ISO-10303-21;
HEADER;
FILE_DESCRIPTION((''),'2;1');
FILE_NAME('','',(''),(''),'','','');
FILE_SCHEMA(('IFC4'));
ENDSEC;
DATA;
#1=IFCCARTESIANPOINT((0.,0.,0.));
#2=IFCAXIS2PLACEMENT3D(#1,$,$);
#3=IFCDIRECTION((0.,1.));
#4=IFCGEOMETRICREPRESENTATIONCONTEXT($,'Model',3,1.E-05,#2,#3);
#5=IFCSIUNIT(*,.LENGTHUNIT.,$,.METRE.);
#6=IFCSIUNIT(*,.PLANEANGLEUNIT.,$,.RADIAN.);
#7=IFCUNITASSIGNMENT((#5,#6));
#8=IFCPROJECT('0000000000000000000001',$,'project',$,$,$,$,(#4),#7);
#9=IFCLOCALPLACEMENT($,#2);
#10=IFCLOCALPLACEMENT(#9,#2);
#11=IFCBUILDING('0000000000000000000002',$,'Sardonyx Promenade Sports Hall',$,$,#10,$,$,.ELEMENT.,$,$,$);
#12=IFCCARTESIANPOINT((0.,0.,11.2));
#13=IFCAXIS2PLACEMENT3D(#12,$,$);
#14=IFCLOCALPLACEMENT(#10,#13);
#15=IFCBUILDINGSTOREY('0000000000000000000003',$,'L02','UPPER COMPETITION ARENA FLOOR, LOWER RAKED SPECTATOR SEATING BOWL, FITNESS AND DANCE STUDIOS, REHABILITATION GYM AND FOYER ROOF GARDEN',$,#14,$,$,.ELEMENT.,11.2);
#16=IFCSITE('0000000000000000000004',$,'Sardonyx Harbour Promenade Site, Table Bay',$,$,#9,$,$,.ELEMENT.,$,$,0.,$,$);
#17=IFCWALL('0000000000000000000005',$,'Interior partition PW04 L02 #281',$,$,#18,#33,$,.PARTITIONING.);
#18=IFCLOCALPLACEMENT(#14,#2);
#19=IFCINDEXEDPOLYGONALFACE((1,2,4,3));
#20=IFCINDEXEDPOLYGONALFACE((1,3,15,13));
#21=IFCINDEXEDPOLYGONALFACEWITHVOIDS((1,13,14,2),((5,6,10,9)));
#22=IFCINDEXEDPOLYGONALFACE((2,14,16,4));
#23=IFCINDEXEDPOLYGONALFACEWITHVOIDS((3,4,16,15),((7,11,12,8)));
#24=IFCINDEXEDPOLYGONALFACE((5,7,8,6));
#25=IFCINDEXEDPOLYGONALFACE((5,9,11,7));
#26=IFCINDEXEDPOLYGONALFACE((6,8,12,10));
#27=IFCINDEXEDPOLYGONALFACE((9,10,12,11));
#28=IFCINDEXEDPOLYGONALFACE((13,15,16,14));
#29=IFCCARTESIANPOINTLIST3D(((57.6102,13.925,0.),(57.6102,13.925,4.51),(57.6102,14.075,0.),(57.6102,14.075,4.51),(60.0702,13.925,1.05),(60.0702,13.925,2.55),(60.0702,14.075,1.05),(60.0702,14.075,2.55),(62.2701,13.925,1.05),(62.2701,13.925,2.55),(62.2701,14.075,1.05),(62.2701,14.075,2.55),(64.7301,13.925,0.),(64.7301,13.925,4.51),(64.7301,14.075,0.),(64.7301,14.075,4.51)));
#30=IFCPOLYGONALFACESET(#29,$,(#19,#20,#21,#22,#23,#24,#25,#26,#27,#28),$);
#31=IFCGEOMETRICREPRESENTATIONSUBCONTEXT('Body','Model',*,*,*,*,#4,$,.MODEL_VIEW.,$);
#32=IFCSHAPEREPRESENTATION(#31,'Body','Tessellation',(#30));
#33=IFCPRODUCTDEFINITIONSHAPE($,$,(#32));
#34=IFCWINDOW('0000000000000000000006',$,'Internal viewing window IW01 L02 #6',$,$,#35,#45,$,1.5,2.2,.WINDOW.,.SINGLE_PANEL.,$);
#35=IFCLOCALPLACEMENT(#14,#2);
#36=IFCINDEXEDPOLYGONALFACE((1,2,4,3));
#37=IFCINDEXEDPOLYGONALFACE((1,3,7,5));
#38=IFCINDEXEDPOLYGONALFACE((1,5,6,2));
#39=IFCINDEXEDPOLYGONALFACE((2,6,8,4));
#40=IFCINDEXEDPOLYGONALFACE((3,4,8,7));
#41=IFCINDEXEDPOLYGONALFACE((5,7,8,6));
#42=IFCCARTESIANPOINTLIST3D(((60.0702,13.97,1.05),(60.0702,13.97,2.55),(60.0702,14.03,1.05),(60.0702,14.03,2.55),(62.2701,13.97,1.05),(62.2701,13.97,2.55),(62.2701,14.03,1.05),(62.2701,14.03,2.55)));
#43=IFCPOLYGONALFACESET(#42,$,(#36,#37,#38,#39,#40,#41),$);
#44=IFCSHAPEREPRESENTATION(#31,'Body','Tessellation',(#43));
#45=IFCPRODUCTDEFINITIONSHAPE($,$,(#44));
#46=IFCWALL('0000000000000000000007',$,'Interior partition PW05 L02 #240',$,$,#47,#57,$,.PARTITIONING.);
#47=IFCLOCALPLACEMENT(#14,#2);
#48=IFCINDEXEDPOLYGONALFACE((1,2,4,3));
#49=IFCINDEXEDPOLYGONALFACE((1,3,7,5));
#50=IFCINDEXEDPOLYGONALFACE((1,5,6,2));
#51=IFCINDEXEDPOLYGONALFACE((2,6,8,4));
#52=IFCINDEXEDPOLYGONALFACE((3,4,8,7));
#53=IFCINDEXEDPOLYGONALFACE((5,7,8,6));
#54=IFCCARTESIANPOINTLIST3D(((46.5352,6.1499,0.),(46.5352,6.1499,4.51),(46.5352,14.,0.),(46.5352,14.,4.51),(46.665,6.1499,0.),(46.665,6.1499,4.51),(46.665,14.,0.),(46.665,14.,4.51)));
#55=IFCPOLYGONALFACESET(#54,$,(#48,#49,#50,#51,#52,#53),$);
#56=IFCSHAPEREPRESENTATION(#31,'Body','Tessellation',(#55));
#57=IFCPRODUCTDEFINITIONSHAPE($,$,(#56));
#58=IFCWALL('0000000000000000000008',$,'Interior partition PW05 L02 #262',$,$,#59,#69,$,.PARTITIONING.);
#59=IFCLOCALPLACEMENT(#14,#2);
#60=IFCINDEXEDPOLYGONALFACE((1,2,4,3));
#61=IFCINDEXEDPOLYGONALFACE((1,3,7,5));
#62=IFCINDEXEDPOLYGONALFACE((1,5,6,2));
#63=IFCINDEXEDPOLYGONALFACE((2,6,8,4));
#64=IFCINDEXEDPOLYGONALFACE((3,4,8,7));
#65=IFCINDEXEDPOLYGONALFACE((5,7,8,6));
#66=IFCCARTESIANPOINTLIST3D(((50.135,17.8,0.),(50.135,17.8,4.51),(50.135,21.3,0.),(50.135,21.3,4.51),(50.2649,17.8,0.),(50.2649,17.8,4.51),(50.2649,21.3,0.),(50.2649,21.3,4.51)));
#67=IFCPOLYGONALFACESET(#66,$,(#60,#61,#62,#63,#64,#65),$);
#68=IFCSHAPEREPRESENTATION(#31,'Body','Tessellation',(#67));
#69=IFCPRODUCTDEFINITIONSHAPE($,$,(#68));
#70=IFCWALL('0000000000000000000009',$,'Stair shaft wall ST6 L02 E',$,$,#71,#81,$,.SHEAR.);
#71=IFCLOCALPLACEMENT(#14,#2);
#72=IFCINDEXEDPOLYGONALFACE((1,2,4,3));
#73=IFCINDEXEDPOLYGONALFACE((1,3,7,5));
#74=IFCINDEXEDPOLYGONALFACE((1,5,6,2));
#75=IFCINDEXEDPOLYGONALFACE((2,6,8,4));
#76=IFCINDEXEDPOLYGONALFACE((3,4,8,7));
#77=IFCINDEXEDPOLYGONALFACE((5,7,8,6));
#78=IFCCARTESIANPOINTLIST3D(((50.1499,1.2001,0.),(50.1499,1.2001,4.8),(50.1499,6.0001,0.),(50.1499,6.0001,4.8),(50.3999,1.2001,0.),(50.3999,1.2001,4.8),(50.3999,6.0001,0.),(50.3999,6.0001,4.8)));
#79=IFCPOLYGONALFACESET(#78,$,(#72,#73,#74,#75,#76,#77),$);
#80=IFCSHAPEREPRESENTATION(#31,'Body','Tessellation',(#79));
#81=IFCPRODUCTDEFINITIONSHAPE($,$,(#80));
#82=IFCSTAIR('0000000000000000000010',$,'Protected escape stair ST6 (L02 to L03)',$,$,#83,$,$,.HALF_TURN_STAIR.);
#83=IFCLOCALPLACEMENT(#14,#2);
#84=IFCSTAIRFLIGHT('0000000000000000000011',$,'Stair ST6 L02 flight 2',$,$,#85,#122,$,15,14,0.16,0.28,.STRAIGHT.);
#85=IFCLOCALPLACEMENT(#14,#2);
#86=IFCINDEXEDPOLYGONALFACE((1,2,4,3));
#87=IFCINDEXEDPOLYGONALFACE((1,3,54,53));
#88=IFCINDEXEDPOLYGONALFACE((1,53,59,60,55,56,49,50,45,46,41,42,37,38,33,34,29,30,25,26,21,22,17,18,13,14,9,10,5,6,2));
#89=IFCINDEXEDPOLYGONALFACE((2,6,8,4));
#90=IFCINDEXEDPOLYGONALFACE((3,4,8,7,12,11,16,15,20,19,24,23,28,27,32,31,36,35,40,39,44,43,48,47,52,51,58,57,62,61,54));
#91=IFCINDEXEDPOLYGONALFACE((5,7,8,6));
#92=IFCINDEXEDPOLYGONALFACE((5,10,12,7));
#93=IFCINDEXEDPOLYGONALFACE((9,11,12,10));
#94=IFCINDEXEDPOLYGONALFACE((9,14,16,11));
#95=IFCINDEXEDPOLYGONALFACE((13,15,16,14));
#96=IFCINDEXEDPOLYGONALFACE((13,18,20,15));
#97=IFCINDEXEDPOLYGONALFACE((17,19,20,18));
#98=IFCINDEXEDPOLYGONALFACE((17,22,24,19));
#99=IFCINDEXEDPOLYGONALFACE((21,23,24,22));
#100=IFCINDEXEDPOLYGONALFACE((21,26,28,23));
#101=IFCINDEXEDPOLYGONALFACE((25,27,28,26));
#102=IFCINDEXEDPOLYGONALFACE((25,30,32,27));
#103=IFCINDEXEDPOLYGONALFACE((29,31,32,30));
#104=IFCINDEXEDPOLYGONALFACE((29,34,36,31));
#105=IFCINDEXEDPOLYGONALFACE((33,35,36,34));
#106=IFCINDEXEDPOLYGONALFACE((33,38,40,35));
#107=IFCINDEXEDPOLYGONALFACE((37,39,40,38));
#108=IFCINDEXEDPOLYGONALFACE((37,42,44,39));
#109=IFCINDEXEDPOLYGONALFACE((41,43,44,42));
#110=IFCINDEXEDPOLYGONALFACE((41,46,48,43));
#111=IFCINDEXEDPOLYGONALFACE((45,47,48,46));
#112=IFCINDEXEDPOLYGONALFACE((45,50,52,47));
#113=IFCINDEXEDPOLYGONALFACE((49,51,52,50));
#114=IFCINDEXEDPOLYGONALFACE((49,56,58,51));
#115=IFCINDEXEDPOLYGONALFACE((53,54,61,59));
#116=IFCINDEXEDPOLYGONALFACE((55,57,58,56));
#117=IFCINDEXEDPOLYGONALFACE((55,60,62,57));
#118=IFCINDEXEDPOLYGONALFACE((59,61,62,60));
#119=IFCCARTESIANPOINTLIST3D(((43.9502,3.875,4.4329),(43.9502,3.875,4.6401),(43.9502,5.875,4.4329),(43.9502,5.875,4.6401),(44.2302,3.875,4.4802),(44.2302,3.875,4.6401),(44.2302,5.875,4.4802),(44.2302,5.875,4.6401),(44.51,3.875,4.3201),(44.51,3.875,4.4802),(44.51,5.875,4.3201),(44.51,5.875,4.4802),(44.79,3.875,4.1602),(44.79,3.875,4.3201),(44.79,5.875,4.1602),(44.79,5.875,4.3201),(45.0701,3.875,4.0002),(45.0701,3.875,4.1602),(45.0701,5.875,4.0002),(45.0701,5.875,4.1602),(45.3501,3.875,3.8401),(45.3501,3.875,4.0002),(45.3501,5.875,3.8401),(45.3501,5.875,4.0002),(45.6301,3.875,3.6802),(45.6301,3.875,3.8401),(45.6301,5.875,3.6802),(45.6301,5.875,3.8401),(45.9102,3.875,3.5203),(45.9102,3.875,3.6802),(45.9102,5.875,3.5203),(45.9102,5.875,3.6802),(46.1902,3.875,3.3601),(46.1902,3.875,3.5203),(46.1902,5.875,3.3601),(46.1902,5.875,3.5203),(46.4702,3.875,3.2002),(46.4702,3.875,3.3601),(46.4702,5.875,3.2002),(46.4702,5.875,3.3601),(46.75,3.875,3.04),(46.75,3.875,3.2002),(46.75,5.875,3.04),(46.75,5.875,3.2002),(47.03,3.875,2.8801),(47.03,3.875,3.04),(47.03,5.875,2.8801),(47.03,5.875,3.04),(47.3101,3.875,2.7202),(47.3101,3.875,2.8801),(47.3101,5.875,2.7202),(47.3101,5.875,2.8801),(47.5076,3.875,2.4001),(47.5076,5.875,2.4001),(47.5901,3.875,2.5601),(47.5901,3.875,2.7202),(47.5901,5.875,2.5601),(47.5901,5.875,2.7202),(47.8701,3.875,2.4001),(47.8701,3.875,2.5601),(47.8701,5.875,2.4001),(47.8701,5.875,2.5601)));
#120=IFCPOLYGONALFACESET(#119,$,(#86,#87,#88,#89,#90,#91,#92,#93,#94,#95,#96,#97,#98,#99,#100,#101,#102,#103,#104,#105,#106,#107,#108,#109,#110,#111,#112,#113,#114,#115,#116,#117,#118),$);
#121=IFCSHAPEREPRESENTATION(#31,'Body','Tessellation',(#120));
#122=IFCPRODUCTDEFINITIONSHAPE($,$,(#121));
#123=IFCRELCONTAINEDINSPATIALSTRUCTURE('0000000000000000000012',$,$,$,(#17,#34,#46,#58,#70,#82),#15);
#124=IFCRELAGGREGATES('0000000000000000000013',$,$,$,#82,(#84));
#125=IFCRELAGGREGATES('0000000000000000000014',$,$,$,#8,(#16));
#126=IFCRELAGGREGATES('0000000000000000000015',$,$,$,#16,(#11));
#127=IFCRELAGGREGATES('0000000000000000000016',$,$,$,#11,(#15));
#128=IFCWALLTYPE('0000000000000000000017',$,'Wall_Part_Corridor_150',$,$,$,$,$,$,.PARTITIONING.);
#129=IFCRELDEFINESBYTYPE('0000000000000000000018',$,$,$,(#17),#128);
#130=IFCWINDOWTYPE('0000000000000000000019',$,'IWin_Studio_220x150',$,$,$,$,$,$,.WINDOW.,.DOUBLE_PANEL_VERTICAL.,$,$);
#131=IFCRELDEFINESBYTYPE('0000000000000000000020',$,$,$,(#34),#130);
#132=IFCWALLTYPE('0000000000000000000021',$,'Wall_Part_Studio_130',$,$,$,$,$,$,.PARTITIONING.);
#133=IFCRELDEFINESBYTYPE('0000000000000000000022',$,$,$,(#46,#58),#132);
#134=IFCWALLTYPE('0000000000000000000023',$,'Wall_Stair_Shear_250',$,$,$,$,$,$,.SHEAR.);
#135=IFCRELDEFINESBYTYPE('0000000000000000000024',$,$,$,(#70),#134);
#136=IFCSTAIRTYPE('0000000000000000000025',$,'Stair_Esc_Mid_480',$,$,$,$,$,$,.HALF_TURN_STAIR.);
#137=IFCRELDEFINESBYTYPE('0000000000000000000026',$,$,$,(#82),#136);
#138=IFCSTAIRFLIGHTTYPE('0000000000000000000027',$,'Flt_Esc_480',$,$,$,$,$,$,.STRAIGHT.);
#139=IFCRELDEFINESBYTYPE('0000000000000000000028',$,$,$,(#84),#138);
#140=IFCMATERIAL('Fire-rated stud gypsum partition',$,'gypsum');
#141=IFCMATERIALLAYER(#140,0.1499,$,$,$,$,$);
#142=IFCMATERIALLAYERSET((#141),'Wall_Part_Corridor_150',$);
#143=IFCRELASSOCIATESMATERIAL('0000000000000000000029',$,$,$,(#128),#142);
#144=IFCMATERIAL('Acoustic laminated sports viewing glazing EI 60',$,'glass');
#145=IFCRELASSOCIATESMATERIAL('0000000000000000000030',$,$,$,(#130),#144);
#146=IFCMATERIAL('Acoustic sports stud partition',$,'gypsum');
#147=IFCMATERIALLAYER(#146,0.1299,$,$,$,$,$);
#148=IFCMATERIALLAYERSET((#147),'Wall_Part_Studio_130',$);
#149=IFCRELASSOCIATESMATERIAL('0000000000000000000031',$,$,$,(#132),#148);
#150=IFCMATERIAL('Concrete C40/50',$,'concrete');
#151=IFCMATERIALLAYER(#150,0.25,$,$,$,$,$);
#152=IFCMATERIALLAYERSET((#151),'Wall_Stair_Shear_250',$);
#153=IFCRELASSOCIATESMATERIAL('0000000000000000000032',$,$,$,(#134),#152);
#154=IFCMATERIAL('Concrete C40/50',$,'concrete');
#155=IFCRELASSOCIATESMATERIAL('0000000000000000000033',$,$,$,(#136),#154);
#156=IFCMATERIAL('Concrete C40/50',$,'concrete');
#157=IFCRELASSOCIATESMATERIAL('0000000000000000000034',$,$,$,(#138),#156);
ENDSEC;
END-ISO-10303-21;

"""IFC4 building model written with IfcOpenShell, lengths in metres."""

from ifc_helpers import new_model, si_unit, direction, frame, frame_2d, origin, place, context, subcontext, project, spatial, polyline, rectangle, outline, extrude, material, layer, layer_set, type_object, element, fill, aggregate, save


model = new_model("IFC4")

# Units and contexts
model_context = context("Model", 3, precision=1e-05, world=origin(), true_north=direction((0.0, 1.0)))
body_context = subcontext(model_context, "Body", "Model", "MODEL_VIEW")
ifc_project = project(units=[si_unit("LENGTHUNIT", "METRE"), si_unit("PLANEANGLEUNIT", "RADIAN")], contexts=[model_context])

# Site, building, storey
site_placement = place(None, origin())
site = spatial("IfcSite", under=ifc_project, at=site_placement, Name="Sardonyx Harbour Promenade Site, Table Bay", CompositionType="ELEMENT", RefElevation=0.0)
building_placement = place(site_placement, origin())
building = spatial("IfcBuilding", under=site, at=building_placement, Name="Sardonyx Promenade Sports Hall", CompositionType="ELEMENT")
storey_placement = place(building_placement, frame((0.0, 0.0, 11.2)))
storey = spatial("IfcBuildingStorey", under=building, at=storey_placement, Name="L02", Description="UPPER COMPETITION ARENA FLOOR, LOWER RAKED SPECTATOR SEATING BOWL, FITNESS AND DANCE STUDIOS, REHABILITATION GYM AND FOYER ROOF GARDEN", CompositionType="ELEMENT", Elevation=11.2)

# Shared definitions
ifc_material_1 = material(Name="Fire-rated stud gypsum partition", Category="gypsum")
ifc_layer_1 = layer(ifc_material_1, 0.1499)
ifc_layer_set_1 = layer_set([ifc_layer_1], Name="Wall_Part_Corridor_150")
wall_type_1 = type_object("IfcWallType", Name="Wall_Part_Corridor_150", PredefinedType="PARTITIONING", material=ifc_layer_set_1)

# Wall, opening, window
wall_1_placement = place(storey_placement, frame((57.6101, 14.0, 0.0), z_axis=(0.0, 0.0, 1.0), x_axis=(1.0, 0.0, 0.0)))
wall_1 = element("IfcWall", 1, at=wall_1_placement, inside=storey, type_object=wall_type_1, Name="Interior partition PW04 L02 #281", PredefinedType="PARTITIONING", context=body_context, shape_type="SweptSolid", body=[
    extrude(rectangle(XDim=7.1199, YDim=0.1499, at=frame_2d((3.5601, 0.0))), origin(), (0.0, 0.0, 1.0), 4.51),
])
opening_1_placement = place(wall_1_placement, frame((2.46, 0.0, 1.05)))
opening_1 = element("IfcOpeningElement", 2, at=opening_1_placement, cuts=wall_1, PredefinedType="OPENING", context=body_context, shape_type="SweptSolid", body=[
    extrude(rectangle(XDim=2.2, YDim=1.5, at=frame_2d((1.1001, 0.75))), frame((0.0, 0.085, 0.0), z_axis=(0.0, -1.0, 0.0), x_axis=(1.0, 0.0, 0.0)), (0.0, 0.0, 1.0), 0.17),
])
ifc_material_2 = material(Name="Acoustic laminated sports viewing glazing EI 60", Category="glass")
window_type = type_object("IfcWindowType", Name="IWin_Studio_220x150", PartitioningType="DOUBLE_PANEL_VERTICAL", PredefinedType="WINDOW", material=ifc_material_2)
window_placement = place(opening_1_placement, origin())
window = element("IfcWindow", 3, at=window_placement, inside=storey, type_object=window_type, Name="Internal viewing window IW01 L02 #6", OverallHeight=1.5, OverallWidth=2.2, PartitioningType="SINGLE_PANEL", PredefinedType="WINDOW", context=body_context, shape_type="SweptSolid", body=[
    extrude(rectangle(XDim=2.2, YDim=1.5, at=frame_2d((1.1001, 0.75))), frame((0.0, 0.03, 0.0), z_axis=(0.0, -1.0, 0.0), x_axis=(1.0, 0.0, 0.0)), (0.0, 0.0, 1.0), 0.0601),
])
fill(opening_1, window)

# Walls
ifc_material_3 = material(Name="Acoustic sports stud partition", Category="gypsum")
ifc_layer_2 = layer(ifc_material_3, 0.1299)
ifc_layer_set_2 = layer_set([ifc_layer_2], Name="Wall_Part_Studio_130")
wall_type_2 = type_object("IfcWallType", Name="Wall_Part_Studio_130", PredefinedType="PARTITIONING", material=ifc_layer_set_2)
wall_2_placement = place(storey_placement, frame((46.6001, 6.1499, 0.0), z_axis=(0.0, 0.0, 1.0), x_axis=(0.0, 1.0, 0.0)))
element("IfcWall", 4, at=wall_2_placement, inside=storey, type_object=wall_type_2, Name="Interior partition PW05 L02 #240", PredefinedType="PARTITIONING", context=body_context, shape_type="SweptSolid", body=[
    extrude(rectangle(XDim=7.8501, YDim=0.1299, at=frame_2d((3.925, 0.0))), origin(), (0.0, 0.0, 1.0), 4.51),
])
wall_3_placement = place(storey_placement, frame((50.2, 17.8, 0.0), z_axis=(0.0, 0.0, 1.0), x_axis=(0.0, 1.0, 0.0)))
element("IfcWall", 5, at=wall_3_placement, inside=storey, type_object=wall_type_2, Name="Interior partition PW05 L02 #262", PredefinedType="PARTITIONING", context=body_context, shape_type="SweptSolid", body=[
    extrude(rectangle(XDim=3.5, YDim=0.1299, at=frame_2d((1.75, 0.0))), origin(), (0.0, 0.0, 1.0), 4.51),
])
ifc_material_4 = material(Name="Concrete C40/50", Category="concrete")
ifc_layer_3 = layer(ifc_material_4, 0.25)
ifc_layer_set_3 = layer_set([ifc_layer_3], Name="Wall_Stair_Shear_250")
wall_type_3 = type_object("IfcWallType", Name="Wall_Stair_Shear_250", PredefinedType="SHEAR", material=ifc_layer_set_3)
wall_4_placement = place(storey_placement, frame((50.2749, 6.0, 0.0), z_axis=(0.0, 0.0, 1.0), x_axis=(0.0, -1.0, 0.0)))
element("IfcWall", 6, at=wall_4_placement, inside=storey, type_object=wall_type_3, Name="Stair shaft wall ST6 L02 E", PredefinedType="SHEAR", context=body_context, shape_type="SweptSolid", body=[
    extrude(rectangle(XDim=4.8, YDim=0.25, at=frame_2d((2.3999, 0.0))), origin(), (0.0, 0.0, 1.0), 4.8),
])

# Stair, stair flight
ifc_material_5 = material(Name="Concrete C40/50", Category="concrete")
stair_type = type_object("IfcStairType", Name="Stair_Esc_Mid_480", PredefinedType="HALF_TURN_STAIR", material=ifc_material_5)
stair_placement = place(storey_placement, origin())
stair = element("IfcStair", 7, at=stair_placement, inside=storey, type_object=stair_type, Name="Protected escape stair ST6 (L02 to L03)", PredefinedType="HALF_TURN_STAIR")
ifc_material_6 = material(Name="Concrete C40/50", Category="concrete")
stair_flight_type = type_object("IfcStairFlightType", Name="Flt_Esc_480", PredefinedType="STRAIGHT", material=ifc_material_6)
stair_flight_placement = place(storey_placement, frame((47.8701, 4.875, 2.4001), z_axis=(0.0, 0.0, 1.0), x_axis=(-1.0, 0.0, 0.0)))
stair_flight = element("IfcStairFlight", 8, at=stair_flight_placement, type_object=stair_flight_type, Name="Stair ST6 L02 flight 2", NumberOfRisers=15, NumberOfTreads=14, PredefinedType="STRAIGHT", RiserHeight=0.16, TreadLength=0.28, context=body_context, shape_type="SweptSolid", body=[
    extrude(outline(polyline([(0.0, 0.0), (0.0, 0.1599), (0.28, 0.1599), (0.28, 0.3201), (0.5601, 0.3201), (0.5601, 0.48), (0.8401, 0.48), (0.8401, 0.6399), (1.1201, 0.6399), (1.1201, 0.8), (1.3999, 0.8), (1.3999, 0.96), (1.6799, 0.96), (1.6799, 1.1201), (1.96, 1.1201), (1.96, 1.28), (2.24, 1.28), (2.24, 1.4399), (2.52, 1.4399), (2.52, 1.6001), (2.8, 1.6001), (2.8, 1.76), (3.0801, 1.76), (3.0801, 1.9199), (3.3601, 1.9199), (3.3601, 2.0801), (3.6399, 2.0801), (3.6399, 2.24), (3.9199, 2.24), (3.9199, 2.3999), (3.9199, 2.0327), (0.3625, 0.0), (0.0, 0.0)])), frame((0.0, 1.0, 0.0), z_axis=(0.0, -1.0, 0.0), x_axis=(1.0, 0.0, 0.0)), (0.0, 0.0, 1.0), 2.0),
])
aggregate(stair, [stair_flight])

save(model, "model.ifc")
